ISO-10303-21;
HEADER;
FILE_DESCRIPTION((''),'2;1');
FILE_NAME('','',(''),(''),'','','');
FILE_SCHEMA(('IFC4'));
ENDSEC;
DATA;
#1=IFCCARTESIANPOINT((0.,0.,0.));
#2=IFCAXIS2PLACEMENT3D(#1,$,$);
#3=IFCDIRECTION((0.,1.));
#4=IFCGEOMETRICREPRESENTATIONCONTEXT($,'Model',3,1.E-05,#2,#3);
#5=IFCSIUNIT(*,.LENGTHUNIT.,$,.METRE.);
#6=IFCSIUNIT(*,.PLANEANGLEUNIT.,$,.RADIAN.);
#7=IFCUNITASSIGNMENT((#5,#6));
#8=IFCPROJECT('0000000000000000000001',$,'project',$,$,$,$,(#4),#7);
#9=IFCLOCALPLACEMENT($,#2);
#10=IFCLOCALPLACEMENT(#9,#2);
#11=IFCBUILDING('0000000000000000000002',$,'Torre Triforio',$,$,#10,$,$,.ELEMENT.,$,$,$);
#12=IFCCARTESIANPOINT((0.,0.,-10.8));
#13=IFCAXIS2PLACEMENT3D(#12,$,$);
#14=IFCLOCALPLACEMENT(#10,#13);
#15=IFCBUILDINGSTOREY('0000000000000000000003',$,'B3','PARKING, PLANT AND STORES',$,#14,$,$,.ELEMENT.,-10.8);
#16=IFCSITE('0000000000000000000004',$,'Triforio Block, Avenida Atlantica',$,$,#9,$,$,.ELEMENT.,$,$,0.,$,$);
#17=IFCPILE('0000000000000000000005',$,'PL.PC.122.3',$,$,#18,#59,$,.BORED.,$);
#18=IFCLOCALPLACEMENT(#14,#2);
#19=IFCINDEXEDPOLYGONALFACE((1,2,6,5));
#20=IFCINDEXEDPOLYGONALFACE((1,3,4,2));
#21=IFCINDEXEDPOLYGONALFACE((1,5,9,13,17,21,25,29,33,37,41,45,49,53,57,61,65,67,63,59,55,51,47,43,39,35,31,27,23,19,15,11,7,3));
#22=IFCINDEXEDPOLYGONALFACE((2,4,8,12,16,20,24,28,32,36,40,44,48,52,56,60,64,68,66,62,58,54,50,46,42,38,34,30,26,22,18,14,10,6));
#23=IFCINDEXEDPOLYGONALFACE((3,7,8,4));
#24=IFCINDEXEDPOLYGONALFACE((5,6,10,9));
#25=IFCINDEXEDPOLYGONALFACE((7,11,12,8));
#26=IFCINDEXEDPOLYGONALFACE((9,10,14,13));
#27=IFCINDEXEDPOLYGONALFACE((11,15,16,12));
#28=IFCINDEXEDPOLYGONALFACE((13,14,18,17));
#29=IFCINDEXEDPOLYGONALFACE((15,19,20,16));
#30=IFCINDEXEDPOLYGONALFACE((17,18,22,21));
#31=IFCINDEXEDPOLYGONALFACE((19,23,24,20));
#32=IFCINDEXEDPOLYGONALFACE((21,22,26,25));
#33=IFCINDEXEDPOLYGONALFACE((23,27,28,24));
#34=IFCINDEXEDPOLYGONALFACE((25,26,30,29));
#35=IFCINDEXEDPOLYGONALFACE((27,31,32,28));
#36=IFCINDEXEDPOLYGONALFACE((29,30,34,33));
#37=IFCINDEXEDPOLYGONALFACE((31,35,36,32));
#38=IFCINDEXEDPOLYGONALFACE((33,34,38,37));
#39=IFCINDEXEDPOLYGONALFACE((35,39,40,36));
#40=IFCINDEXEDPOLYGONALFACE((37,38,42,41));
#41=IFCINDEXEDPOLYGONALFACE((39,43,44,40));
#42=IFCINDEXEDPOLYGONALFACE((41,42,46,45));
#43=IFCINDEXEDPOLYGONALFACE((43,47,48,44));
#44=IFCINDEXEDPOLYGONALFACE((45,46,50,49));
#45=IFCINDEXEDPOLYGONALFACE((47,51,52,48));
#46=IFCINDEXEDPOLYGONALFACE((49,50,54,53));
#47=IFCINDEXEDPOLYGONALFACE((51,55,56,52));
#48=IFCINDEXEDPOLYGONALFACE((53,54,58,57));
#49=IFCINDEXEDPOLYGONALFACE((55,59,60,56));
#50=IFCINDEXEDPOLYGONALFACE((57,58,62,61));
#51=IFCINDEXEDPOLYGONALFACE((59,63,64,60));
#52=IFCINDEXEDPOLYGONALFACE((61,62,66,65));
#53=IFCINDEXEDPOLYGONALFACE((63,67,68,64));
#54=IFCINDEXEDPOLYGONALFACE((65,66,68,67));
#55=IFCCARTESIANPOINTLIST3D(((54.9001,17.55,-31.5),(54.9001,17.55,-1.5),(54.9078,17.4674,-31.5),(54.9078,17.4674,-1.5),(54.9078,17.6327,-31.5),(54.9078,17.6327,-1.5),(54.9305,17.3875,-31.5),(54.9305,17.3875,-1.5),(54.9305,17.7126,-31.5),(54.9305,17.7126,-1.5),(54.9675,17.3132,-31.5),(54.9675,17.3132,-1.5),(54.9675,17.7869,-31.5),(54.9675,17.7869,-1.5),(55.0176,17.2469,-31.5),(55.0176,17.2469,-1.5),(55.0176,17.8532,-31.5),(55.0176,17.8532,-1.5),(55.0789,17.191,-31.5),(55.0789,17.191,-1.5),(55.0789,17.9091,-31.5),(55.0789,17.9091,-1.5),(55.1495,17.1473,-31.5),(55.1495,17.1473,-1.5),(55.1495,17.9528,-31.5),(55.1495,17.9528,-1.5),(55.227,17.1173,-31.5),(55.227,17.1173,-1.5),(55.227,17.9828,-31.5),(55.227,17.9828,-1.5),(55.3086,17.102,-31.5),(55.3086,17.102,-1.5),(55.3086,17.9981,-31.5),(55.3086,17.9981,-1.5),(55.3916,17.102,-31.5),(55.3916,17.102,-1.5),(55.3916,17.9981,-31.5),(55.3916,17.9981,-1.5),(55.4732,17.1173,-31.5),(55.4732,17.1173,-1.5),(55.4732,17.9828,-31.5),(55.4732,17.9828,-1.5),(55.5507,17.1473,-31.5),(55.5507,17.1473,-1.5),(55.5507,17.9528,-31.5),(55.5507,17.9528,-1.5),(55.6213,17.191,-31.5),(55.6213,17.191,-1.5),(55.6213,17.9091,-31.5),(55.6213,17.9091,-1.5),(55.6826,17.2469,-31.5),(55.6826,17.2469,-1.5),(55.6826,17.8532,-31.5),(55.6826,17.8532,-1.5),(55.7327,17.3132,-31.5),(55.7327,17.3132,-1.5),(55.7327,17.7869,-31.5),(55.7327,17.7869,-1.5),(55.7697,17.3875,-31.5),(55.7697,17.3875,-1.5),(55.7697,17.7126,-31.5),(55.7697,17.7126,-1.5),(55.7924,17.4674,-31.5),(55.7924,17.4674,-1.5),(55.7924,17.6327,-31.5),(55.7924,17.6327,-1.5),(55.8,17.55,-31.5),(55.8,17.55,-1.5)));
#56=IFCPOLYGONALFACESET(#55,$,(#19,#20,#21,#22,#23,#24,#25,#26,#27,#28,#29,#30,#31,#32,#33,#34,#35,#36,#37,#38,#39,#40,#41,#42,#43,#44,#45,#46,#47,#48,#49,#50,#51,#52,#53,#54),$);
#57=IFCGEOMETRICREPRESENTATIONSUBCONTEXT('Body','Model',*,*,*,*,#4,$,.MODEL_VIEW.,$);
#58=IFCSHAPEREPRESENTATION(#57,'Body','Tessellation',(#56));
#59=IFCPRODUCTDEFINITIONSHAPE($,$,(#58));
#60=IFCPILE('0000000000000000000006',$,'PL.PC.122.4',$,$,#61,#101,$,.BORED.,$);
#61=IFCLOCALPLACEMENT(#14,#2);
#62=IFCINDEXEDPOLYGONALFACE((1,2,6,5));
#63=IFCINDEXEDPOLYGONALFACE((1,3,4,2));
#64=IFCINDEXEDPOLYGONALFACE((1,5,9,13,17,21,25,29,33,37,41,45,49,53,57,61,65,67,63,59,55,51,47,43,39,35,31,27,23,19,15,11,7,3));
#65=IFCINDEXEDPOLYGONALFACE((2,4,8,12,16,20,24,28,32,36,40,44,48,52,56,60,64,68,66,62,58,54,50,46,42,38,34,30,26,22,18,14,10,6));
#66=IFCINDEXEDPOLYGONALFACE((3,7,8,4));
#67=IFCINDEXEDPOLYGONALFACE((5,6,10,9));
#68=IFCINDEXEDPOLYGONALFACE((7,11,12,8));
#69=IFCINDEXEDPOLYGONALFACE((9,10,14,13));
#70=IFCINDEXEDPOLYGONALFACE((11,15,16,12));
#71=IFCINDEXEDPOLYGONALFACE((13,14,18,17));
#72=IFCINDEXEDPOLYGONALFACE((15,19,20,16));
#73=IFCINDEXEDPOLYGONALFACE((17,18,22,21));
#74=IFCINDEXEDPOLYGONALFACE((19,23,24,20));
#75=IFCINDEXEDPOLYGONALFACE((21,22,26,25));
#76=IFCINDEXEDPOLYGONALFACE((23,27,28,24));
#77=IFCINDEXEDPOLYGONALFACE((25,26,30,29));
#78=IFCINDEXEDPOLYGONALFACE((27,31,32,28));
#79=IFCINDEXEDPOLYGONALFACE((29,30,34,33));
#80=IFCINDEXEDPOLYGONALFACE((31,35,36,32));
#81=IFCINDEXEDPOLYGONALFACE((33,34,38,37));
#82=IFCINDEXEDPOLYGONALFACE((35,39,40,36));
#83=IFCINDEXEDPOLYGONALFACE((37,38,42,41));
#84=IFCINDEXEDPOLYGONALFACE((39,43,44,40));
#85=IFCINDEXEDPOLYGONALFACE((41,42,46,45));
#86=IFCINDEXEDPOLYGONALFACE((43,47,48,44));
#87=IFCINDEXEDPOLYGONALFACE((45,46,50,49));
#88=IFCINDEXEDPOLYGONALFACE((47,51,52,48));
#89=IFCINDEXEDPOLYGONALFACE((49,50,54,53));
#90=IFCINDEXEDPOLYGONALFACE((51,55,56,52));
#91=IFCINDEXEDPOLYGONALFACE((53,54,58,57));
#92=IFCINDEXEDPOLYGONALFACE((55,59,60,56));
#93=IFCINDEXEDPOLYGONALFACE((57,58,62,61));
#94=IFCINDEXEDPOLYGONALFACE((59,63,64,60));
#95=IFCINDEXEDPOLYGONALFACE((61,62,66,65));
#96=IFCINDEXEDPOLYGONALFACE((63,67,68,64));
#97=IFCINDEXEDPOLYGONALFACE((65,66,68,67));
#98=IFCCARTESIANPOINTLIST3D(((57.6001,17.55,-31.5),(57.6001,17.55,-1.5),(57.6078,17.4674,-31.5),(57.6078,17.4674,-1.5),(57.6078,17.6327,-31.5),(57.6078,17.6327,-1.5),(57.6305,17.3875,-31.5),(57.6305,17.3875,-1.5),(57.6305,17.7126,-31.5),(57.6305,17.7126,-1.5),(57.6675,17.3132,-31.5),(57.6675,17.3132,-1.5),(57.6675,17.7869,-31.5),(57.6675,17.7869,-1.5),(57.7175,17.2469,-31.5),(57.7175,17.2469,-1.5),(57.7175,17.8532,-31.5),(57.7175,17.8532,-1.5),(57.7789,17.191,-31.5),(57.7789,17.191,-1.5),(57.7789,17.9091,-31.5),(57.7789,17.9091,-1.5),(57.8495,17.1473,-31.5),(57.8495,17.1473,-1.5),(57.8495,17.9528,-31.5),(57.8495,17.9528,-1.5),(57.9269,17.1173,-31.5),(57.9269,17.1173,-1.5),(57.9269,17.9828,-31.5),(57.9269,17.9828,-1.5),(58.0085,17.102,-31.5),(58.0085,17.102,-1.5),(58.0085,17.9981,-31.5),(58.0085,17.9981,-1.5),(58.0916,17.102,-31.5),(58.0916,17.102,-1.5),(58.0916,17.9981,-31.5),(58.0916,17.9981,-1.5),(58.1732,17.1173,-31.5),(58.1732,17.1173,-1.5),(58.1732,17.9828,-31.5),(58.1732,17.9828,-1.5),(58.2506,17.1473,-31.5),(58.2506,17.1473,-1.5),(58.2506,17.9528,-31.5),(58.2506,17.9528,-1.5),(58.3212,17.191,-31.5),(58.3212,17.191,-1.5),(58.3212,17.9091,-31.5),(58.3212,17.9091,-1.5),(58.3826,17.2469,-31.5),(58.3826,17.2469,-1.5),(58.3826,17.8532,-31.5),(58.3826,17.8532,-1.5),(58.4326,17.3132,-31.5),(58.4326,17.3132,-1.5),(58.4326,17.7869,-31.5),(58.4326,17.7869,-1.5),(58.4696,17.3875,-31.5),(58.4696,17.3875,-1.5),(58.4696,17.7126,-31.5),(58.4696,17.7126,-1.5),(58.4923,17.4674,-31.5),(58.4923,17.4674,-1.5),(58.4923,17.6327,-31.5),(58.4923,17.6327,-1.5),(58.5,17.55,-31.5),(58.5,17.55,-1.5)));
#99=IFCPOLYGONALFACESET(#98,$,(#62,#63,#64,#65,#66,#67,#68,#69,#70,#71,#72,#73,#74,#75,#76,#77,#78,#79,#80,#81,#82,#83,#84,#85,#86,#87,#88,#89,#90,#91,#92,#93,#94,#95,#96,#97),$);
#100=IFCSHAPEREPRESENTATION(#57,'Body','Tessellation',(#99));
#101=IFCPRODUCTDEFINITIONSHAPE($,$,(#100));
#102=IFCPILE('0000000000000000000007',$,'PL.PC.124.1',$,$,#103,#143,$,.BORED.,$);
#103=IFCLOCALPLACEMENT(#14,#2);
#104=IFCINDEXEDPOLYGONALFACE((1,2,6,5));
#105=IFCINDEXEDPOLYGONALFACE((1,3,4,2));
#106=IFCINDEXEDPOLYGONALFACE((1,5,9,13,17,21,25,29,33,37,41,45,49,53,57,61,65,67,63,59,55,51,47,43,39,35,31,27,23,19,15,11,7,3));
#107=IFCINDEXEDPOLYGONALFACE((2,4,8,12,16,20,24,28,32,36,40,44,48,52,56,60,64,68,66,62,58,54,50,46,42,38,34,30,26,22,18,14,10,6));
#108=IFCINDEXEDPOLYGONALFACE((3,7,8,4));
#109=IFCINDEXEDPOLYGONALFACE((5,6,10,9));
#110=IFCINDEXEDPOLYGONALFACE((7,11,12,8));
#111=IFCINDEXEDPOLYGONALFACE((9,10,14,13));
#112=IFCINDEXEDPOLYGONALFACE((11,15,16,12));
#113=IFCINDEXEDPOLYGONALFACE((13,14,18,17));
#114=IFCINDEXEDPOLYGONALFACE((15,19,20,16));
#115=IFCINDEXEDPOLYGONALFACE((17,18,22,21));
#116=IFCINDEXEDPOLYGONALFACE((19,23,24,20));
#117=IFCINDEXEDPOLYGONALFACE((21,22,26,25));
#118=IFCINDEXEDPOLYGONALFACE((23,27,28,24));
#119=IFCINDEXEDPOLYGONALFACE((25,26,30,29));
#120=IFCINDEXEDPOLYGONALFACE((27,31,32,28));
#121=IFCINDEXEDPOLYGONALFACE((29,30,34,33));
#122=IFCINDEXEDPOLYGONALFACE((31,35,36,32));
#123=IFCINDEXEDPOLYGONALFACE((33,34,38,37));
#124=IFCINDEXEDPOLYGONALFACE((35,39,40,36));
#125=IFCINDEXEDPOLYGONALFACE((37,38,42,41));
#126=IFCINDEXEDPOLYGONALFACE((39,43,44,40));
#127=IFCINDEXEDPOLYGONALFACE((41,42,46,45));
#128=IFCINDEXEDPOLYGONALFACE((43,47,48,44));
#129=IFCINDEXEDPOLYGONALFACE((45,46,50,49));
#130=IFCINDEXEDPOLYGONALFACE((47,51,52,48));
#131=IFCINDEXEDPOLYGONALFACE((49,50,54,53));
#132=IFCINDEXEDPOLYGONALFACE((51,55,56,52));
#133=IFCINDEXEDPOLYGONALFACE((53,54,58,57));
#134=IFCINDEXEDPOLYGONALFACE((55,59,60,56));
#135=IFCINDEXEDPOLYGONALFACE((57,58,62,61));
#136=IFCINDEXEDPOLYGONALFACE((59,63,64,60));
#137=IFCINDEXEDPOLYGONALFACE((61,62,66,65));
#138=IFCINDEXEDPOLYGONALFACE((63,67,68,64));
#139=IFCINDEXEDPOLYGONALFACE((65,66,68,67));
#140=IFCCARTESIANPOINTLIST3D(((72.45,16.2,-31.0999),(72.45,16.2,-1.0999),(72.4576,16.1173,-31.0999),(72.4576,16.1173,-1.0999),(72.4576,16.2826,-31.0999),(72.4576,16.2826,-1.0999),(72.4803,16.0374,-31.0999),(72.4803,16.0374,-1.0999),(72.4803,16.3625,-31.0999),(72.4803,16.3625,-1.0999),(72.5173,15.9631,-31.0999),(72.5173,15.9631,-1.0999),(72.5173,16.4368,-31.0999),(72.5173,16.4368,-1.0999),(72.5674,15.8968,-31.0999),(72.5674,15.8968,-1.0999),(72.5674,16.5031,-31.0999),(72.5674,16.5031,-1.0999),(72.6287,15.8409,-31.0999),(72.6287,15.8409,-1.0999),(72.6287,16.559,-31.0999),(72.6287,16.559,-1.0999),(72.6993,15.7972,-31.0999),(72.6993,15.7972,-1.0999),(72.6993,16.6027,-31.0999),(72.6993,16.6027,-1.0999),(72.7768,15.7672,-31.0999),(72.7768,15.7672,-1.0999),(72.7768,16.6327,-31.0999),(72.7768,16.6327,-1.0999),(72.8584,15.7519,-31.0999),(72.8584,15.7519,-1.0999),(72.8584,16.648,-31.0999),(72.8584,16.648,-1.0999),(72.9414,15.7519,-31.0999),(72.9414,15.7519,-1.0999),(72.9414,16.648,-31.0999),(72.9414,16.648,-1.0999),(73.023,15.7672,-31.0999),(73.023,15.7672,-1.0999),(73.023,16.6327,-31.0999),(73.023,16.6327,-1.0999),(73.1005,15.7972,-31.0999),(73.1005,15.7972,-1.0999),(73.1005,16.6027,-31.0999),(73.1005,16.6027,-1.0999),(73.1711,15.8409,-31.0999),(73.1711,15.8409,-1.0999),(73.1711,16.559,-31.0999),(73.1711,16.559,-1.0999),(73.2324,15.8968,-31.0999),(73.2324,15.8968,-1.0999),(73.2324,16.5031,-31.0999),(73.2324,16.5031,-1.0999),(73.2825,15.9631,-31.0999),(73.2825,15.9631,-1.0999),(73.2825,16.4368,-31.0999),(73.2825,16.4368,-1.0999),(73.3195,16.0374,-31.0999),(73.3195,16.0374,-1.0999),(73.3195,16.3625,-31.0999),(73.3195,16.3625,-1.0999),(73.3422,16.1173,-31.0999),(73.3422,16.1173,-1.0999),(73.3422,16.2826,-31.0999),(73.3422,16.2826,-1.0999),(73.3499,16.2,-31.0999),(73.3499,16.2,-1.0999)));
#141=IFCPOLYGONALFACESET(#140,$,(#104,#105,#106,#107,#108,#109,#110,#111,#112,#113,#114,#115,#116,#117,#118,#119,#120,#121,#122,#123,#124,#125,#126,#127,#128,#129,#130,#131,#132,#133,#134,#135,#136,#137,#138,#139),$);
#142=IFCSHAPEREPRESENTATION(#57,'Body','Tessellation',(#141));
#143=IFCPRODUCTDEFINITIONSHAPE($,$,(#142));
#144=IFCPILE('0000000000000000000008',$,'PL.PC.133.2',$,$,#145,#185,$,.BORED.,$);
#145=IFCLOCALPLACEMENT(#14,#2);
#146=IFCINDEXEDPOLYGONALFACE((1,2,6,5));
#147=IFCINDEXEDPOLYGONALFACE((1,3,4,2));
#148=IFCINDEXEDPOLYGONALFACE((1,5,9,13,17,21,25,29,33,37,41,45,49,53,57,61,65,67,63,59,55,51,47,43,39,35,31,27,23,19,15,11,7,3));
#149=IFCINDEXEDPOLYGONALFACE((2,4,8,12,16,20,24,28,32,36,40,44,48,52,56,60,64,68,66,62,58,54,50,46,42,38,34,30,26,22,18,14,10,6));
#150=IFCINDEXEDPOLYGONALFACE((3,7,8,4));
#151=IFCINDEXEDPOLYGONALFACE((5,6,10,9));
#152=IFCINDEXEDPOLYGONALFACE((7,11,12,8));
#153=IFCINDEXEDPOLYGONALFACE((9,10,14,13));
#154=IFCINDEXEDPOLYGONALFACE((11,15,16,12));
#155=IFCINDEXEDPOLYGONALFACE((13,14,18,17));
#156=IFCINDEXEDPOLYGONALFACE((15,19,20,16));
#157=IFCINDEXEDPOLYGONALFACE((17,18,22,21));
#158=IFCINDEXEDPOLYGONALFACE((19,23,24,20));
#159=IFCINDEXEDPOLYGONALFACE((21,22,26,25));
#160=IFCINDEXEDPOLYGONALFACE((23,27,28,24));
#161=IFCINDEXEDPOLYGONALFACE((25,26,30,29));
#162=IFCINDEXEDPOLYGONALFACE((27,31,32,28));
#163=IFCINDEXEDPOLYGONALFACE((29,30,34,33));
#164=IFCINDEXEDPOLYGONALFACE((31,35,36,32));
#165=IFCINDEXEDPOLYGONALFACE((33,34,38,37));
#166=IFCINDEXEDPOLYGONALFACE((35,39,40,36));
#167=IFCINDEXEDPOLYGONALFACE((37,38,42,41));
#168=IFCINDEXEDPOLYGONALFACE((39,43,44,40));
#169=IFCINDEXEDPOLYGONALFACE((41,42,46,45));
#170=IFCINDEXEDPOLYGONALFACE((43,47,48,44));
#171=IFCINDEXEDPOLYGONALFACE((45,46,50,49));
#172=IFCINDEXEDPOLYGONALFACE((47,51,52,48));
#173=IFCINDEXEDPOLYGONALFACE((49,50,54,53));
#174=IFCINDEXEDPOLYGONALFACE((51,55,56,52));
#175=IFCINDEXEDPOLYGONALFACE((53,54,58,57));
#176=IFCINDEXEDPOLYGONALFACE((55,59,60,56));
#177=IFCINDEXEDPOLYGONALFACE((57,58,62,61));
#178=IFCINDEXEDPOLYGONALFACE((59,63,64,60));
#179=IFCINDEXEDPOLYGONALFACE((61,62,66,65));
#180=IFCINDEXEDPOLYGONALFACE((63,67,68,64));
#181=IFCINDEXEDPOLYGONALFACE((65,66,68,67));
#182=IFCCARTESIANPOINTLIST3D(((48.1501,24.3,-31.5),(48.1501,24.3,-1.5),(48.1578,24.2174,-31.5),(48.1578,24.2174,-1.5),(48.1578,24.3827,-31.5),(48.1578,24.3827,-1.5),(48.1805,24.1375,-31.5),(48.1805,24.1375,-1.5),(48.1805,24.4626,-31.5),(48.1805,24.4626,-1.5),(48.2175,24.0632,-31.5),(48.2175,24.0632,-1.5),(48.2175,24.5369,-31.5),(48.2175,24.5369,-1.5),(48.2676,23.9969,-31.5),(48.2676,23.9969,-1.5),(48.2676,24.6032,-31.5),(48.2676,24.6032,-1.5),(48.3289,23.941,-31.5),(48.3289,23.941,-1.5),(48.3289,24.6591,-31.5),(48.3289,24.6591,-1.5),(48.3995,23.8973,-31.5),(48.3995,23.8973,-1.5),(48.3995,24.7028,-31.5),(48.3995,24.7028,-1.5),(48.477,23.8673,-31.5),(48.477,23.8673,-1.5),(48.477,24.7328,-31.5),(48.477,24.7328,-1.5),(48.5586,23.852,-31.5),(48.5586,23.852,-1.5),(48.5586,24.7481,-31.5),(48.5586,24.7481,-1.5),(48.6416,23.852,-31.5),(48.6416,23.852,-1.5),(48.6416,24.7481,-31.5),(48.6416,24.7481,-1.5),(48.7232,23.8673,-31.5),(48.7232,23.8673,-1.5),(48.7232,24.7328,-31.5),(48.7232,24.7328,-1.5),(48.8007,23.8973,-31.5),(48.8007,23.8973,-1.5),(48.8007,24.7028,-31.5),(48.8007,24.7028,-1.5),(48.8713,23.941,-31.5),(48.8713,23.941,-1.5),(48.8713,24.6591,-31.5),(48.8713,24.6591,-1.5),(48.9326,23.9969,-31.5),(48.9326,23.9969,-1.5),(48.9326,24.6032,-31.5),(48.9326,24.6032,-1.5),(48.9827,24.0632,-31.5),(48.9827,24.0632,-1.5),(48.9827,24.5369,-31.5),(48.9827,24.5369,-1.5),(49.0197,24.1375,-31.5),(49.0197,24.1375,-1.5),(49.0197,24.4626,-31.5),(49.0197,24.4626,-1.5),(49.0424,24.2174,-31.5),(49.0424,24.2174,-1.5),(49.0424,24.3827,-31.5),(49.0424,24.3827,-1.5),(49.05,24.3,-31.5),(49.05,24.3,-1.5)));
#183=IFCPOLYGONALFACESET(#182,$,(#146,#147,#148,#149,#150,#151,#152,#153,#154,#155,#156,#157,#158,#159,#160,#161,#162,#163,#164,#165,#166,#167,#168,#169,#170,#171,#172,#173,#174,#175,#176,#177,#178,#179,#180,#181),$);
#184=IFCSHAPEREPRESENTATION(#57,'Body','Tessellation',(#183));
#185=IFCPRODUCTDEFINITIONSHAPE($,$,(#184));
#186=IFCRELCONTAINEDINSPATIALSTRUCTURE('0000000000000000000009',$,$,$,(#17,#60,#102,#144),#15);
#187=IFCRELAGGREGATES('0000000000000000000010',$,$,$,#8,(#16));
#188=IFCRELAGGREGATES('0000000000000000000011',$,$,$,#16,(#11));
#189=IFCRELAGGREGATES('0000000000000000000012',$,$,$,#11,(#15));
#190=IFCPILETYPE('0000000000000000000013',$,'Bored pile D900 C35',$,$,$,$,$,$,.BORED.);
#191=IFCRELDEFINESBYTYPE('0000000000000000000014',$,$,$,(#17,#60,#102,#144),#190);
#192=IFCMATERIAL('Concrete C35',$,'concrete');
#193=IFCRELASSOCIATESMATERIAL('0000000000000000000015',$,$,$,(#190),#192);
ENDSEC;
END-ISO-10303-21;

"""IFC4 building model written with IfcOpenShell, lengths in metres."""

from ifc_helpers import new_model, si_unit, direction, frame, origin, origin_2d, place, context, subcontext, project, spatial, circle, extrude, material, material_profile, profile_set, type_object, element, save


model = new_model("IFC4")

# Units and contexts
model_context = context("Model", 3, precision=1e-05, world=origin(), true_north=direction((0.0, 1.0)))
body_context = subcontext(model_context, "Body", "Model", "MODEL_VIEW")
ifc_project = project(units=[si_unit("LENGTHUNIT", "METRE"), si_unit("PLANEANGLEUNIT", "RADIAN")], contexts=[model_context])

# Site, building, storey
site_placement = place(None, origin())
site = spatial("IfcSite", under=ifc_project, at=site_placement, Name="Triforio Block, Avenida Atlantica", CompositionType="ELEMENT", RefElevation=0.0)
building_placement = place(site_placement, origin())
building = spatial("IfcBuilding", under=site, at=building_placement, Name="Torre Triforio", CompositionType="ELEMENT")
storey_placement = place(building_placement, frame((0.0, 0.0, -10.8)))
storey = spatial("IfcBuildingStorey", under=building, at=storey_placement, Name="B3", Description="PARKING, PLANT AND STORES", CompositionType="ELEMENT", Elevation=-10.8)

# Piles
ifc_material_1 = material(Name="Concrete C35", Category="concrete")
ifc_material_profile_1 = material_profile(ifc_material_1, circle(Radius=0.45, at=origin_2d()), Name="RC D900")
ifc_profile_set_1 = profile_set([ifc_material_profile_1], Name="Concrete C35")
pile_type = type_object("IfcPileType", Name="Bored pile D900 C35", PredefinedType="BORED", material=ifc_profile_set_1)
for number, where, z_axis, x_axis, name in (
    (1, (55.3501, 17.55, -1.5), (0.0, 0.0, -1.0), (1.0, 0.0, 0.0), "PL.PC.122.3"),
    (2, (58.05, 17.55, -1.5), (0.0, 0.0, -1.0), (1.0, 0.0, 0.0), "PL.PC.122.4"),
    (3, (72.8999, 16.2, -1.0999), (0.0, 0.0, -1.0), (1.0, 0.0, 0.0), "PL.PC.124.1"),
    (4, (48.6001, 24.3, -1.5), (0.0, 0.0, -1.0), (1.0, 0.0, 0.0), "PL.PC.133.2"),
):
    element("IfcPile", number, at=place(storey_placement, frame(where, z_axis=z_axis, x_axis=x_axis)), inside=storey, type_object=pile_type, Name=name, PredefinedType="BORED", context=body_context, shape_type="SweptSolid", body=[
        extrude(circle(Radius=0.45, at=origin_2d()), origin(), (0.0, 0.0, 1.0), 30.0),
    ])

save(model, "model.ifc")
